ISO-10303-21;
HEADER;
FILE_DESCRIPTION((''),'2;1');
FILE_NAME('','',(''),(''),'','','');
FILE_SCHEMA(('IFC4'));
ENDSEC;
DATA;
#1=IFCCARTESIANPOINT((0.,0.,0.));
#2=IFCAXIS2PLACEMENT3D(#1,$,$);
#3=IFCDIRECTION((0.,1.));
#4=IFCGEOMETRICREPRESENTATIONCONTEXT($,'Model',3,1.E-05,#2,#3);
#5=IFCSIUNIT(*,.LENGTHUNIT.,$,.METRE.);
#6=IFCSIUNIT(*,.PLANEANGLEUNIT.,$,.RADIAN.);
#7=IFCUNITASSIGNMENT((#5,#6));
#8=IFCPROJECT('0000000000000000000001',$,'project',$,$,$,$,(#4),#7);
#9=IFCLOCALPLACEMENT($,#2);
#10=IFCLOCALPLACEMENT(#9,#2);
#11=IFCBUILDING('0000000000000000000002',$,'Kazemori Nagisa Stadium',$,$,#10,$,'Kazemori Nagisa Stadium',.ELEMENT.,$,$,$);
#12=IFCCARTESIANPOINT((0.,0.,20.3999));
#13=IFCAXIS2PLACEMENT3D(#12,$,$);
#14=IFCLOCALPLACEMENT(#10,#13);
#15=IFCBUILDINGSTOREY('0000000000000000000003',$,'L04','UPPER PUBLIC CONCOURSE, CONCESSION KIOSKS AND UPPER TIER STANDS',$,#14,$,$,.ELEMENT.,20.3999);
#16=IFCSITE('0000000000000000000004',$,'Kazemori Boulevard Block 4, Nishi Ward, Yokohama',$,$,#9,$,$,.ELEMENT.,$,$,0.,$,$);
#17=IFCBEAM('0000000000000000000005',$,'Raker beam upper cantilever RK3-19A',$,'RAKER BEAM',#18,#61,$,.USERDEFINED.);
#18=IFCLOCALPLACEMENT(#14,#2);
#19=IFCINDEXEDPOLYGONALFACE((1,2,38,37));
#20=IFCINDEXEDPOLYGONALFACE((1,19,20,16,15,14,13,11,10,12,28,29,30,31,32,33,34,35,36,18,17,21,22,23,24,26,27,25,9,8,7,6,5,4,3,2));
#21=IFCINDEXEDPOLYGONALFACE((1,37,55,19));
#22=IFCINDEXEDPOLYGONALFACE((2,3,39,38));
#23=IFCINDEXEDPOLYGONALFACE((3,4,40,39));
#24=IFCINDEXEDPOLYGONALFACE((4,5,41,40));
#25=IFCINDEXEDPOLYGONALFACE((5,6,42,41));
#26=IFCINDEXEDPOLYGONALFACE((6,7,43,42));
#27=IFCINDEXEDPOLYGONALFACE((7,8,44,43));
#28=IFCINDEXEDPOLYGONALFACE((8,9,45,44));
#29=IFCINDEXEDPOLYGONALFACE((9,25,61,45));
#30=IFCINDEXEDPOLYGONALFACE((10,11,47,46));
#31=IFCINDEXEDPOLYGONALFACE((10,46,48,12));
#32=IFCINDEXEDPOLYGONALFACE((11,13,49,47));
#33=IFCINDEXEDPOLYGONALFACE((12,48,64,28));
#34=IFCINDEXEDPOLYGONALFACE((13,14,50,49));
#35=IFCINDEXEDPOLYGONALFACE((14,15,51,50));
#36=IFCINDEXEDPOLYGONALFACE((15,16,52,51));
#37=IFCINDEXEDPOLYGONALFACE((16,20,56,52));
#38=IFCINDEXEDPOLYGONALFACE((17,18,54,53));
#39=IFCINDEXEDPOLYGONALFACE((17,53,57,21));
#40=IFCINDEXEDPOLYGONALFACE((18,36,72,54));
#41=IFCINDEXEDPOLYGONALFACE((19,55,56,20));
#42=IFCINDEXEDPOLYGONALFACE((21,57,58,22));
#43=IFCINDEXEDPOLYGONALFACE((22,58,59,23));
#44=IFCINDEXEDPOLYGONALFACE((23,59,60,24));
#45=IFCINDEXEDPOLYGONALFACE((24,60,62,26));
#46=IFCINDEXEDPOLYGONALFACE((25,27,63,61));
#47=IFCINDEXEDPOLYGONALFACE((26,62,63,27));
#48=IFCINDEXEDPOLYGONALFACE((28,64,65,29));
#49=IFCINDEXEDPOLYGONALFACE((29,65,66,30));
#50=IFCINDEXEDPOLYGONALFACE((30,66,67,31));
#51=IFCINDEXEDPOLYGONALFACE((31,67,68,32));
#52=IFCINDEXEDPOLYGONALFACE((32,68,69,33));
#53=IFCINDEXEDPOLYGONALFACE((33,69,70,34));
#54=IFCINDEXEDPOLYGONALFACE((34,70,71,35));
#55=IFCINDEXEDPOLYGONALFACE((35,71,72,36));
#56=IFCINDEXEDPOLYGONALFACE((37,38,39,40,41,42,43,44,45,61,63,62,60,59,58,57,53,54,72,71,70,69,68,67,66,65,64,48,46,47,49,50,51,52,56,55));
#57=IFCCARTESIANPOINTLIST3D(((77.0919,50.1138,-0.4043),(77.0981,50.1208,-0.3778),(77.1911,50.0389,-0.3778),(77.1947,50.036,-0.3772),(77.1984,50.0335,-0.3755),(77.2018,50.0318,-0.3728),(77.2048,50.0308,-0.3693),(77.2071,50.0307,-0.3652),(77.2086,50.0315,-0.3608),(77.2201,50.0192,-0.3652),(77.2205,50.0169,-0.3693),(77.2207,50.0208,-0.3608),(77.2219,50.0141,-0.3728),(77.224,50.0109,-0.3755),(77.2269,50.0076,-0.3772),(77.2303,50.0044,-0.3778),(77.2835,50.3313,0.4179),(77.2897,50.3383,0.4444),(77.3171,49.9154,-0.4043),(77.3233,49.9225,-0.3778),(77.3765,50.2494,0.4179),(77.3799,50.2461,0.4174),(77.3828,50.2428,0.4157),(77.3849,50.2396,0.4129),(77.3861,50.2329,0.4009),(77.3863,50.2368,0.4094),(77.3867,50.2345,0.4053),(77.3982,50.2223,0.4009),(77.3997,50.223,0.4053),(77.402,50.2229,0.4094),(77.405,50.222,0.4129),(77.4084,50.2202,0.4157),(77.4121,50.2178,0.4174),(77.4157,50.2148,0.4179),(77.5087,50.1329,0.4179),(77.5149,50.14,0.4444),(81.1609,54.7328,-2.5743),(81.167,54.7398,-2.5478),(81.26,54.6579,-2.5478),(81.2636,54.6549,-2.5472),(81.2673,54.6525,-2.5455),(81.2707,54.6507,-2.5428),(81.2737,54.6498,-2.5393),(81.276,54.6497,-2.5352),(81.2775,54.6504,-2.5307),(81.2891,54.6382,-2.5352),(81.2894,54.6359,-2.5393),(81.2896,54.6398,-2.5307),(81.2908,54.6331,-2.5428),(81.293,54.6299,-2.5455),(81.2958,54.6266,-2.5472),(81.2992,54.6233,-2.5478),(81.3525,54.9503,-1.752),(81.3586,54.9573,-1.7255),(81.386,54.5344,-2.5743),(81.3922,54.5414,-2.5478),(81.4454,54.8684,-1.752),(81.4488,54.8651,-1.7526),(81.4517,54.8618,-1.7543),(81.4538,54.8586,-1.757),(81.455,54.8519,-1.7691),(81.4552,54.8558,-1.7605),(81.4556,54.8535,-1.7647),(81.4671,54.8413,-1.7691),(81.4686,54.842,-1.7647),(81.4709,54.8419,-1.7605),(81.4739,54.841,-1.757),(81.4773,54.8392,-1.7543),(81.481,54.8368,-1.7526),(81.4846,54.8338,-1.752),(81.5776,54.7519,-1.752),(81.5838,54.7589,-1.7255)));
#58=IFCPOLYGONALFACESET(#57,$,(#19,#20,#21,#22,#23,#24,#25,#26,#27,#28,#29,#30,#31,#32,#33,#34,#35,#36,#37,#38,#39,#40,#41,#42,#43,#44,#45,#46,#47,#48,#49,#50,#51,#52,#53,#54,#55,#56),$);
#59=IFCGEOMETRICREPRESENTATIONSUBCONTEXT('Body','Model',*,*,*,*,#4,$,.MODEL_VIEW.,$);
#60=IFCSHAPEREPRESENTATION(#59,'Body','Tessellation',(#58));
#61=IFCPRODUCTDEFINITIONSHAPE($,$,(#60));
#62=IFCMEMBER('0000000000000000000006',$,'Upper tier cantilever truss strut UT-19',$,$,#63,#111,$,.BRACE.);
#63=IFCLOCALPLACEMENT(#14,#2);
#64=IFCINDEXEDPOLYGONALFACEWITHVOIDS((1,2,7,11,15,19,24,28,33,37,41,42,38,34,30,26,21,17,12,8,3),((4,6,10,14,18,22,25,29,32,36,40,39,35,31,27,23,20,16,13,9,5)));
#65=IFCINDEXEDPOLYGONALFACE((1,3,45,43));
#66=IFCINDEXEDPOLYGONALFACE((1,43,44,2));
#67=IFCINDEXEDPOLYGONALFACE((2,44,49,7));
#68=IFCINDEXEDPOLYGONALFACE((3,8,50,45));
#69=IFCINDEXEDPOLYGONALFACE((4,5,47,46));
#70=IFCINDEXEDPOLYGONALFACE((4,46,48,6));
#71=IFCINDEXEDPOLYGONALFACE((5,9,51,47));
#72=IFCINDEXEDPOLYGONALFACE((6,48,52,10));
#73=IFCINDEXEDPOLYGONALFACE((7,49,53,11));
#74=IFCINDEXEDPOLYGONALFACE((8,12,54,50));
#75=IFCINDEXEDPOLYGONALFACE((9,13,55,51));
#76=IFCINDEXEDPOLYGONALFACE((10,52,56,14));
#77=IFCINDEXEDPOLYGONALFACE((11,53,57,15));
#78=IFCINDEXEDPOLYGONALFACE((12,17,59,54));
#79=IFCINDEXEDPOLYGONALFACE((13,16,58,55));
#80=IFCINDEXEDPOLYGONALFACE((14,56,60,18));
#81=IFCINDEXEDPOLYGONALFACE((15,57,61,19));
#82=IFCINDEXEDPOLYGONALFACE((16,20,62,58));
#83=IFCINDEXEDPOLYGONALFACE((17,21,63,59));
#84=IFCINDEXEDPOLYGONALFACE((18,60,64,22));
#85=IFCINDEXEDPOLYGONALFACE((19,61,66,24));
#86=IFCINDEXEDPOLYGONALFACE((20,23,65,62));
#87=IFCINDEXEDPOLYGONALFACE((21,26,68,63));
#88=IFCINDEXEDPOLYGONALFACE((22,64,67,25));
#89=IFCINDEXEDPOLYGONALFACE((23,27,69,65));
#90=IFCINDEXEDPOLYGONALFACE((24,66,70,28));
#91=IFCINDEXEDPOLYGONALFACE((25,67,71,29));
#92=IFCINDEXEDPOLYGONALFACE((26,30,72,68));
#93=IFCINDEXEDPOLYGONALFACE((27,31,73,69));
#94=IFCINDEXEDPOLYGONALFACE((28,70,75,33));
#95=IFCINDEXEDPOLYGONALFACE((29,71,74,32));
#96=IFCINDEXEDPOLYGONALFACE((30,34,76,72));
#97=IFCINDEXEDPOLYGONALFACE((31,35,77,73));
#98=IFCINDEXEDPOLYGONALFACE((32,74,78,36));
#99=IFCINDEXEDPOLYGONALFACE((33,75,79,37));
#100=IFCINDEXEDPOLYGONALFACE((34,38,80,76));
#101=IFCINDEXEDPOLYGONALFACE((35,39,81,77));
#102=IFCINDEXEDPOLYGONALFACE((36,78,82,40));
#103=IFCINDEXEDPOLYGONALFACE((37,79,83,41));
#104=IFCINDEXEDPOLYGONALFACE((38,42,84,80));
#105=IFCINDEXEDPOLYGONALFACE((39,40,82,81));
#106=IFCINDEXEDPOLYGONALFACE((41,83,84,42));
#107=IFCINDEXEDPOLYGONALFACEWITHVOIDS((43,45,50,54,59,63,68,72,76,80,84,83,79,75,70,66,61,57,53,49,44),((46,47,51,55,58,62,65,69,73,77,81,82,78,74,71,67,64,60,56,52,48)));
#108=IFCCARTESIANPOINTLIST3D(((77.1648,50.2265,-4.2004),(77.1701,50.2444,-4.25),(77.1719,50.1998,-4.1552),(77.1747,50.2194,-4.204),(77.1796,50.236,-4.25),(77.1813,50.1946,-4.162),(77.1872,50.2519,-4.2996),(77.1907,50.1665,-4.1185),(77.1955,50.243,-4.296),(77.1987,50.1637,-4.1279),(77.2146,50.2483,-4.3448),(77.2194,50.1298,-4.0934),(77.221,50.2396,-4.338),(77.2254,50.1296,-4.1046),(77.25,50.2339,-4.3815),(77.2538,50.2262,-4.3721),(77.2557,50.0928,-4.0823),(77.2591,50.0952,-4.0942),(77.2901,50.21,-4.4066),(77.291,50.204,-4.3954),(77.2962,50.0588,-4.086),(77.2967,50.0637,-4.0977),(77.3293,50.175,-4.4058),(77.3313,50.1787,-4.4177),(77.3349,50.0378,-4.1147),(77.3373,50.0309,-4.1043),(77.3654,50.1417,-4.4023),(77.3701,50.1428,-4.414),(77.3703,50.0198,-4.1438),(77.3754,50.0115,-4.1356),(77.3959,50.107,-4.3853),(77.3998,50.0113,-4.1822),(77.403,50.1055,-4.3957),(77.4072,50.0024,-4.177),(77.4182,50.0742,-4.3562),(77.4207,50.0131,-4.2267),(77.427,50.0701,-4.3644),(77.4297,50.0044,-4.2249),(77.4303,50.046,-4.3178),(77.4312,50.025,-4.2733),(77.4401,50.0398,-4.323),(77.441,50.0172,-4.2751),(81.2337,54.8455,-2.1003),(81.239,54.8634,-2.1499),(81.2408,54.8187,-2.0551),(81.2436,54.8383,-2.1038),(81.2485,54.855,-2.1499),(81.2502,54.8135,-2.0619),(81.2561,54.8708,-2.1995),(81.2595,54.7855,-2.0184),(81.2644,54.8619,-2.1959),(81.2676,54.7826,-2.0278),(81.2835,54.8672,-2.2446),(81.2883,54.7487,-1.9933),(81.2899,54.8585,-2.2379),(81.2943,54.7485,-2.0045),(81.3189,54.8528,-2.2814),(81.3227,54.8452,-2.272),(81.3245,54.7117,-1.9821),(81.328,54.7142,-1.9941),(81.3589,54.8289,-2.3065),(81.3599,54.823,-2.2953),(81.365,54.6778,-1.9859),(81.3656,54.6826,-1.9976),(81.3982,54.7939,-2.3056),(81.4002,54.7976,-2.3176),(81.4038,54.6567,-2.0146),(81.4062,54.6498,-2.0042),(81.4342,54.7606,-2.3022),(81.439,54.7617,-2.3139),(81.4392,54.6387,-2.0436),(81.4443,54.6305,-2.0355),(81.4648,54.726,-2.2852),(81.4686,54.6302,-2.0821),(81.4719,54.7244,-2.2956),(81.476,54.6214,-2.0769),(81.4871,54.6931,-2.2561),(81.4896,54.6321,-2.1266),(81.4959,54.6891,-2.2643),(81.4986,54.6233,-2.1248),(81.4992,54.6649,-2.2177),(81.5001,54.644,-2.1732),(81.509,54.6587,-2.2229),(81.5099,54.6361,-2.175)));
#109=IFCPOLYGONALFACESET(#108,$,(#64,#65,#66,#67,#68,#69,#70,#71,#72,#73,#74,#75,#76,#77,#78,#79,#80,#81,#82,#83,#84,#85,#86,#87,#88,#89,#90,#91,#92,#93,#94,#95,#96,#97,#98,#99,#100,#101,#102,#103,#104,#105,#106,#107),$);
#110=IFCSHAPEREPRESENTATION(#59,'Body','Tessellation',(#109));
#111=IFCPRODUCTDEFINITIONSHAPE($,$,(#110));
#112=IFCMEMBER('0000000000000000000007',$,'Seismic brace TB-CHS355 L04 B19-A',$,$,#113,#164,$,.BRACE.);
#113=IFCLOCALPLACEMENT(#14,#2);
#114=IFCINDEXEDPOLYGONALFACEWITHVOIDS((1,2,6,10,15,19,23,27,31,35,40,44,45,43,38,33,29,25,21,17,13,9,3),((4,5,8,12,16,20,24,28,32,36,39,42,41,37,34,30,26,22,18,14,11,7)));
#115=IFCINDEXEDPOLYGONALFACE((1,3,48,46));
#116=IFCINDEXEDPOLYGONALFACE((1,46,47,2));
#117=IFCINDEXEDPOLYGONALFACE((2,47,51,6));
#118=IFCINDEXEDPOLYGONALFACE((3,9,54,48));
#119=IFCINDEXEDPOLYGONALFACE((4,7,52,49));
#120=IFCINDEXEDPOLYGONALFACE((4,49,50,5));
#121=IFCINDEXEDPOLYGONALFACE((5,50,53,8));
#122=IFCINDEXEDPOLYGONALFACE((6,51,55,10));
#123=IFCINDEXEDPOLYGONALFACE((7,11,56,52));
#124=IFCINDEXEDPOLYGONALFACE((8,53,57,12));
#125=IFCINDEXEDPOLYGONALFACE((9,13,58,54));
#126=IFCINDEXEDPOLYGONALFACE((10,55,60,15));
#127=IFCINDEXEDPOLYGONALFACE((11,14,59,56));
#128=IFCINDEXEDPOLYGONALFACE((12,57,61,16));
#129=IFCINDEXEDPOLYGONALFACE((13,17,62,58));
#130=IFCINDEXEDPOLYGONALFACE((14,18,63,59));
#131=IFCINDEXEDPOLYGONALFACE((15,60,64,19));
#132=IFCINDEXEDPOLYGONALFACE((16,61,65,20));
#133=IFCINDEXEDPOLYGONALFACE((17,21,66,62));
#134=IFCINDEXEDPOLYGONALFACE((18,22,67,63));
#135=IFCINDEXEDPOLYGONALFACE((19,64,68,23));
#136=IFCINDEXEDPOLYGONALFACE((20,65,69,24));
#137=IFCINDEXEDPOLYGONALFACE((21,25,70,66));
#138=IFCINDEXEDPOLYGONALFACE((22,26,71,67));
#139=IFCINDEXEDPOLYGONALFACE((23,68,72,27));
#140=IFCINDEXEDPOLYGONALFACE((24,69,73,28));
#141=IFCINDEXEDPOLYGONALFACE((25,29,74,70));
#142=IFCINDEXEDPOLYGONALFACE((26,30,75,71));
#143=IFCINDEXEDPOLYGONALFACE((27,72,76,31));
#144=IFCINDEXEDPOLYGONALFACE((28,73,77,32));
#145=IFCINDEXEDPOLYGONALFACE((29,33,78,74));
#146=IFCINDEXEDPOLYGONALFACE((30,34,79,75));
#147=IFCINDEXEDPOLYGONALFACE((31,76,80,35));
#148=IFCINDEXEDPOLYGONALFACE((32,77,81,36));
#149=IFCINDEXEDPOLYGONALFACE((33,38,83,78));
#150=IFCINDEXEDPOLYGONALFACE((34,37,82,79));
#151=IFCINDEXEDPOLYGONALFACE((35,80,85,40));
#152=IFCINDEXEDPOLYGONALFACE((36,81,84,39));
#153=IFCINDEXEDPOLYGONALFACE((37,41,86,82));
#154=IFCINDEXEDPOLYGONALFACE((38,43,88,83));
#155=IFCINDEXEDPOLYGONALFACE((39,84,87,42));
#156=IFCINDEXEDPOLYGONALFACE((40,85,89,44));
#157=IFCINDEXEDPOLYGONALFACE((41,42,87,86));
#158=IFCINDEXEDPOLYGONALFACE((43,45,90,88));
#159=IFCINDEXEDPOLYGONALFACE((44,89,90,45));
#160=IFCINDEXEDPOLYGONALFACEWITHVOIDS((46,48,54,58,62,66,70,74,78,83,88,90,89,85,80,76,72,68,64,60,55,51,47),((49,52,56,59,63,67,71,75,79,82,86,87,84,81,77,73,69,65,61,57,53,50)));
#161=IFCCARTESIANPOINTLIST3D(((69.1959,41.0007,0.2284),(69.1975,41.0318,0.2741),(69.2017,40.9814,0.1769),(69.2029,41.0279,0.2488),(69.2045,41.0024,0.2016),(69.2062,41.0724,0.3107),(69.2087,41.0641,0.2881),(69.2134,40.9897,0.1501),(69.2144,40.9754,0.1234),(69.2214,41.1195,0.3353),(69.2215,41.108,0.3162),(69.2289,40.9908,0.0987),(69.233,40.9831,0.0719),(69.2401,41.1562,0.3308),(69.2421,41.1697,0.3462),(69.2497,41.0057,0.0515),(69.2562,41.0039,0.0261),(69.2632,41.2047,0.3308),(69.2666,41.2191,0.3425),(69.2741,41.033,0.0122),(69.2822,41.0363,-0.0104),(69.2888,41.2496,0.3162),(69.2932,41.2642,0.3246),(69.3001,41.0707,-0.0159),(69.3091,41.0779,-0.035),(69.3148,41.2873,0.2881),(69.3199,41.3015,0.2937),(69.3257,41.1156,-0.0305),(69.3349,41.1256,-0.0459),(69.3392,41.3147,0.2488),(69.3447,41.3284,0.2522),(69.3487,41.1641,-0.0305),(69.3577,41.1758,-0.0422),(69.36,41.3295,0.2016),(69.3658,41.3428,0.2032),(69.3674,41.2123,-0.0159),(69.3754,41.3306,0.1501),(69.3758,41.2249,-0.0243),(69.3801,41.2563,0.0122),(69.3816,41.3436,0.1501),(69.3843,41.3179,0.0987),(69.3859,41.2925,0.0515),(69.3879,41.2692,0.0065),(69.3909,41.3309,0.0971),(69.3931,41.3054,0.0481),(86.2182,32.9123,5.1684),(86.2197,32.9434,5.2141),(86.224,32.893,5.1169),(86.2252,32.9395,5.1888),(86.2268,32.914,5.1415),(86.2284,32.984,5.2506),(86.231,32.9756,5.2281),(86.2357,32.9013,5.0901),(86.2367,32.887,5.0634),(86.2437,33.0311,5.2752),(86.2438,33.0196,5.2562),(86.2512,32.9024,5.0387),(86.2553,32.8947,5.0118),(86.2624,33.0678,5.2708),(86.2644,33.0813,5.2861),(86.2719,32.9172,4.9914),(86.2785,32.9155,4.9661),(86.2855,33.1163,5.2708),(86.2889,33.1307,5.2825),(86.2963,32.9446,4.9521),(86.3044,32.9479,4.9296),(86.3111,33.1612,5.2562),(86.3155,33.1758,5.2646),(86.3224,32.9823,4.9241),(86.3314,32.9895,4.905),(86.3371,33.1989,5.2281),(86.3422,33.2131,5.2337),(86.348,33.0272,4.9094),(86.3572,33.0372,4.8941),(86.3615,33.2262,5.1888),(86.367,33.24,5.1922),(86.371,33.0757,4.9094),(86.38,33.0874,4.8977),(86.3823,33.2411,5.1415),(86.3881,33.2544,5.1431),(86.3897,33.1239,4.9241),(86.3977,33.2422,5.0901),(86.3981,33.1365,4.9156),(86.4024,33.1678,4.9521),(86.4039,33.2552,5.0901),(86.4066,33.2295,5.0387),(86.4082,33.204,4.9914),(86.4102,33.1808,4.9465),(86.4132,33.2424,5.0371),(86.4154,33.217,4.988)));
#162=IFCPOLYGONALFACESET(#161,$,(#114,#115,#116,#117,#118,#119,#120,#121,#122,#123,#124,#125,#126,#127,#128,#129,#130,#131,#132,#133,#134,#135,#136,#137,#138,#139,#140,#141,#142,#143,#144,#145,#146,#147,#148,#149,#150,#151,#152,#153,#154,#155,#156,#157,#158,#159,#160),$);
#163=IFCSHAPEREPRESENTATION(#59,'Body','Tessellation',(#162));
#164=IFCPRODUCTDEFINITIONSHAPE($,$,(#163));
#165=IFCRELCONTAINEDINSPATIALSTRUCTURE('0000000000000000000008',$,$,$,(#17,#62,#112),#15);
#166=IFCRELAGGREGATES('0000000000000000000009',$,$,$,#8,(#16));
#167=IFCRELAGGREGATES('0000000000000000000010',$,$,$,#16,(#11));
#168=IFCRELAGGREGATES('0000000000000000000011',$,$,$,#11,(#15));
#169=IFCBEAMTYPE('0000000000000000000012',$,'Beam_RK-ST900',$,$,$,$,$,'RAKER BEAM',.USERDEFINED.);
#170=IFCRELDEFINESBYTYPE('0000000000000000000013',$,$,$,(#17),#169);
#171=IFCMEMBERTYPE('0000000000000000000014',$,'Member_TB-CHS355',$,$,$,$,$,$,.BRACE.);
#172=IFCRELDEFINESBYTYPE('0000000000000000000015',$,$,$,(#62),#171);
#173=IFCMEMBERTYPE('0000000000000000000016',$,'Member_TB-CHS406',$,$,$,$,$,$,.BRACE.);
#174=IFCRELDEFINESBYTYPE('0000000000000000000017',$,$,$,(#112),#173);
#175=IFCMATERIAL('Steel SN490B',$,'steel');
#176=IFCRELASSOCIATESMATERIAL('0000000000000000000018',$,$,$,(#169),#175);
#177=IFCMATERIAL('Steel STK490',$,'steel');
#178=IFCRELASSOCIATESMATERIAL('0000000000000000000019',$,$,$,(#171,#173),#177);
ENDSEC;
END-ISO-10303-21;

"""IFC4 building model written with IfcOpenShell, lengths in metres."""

from ifc_helpers import new_model, si_unit, direction, frame, origin, origin_2d, place, context, subcontext, project, spatial, hollow_circle, i_section, extrude, material, material_profile, profile_set, type_object, element, save


model = new_model("IFC4")

# Units and contexts
model_context = context("Model", 3, precision=1e-05, world=origin(), true_north=direction((0.0, 1.0)))
body_context = subcontext(model_context, "Body", "Model", "MODEL_VIEW")
ifc_project = project(units=[si_unit("LENGTHUNIT", "METRE"), si_unit("PLANEANGLEUNIT", "RADIAN")], contexts=[model_context])

# Site, building, storey
site_placement = place(None, origin())
site = spatial("IfcSite", under=ifc_project, at=site_placement, Name="Kazemori Boulevard Block 4, Nishi Ward, Yokohama", CompositionType="ELEMENT", RefElevation=0.0)
building_placement = place(site_placement, origin())
building = spatial("IfcBuilding", under=site, at=building_placement, Name="Kazemori Nagisa Stadium", LongName="Kazemori Nagisa Stadium", CompositionType="ELEMENT")
storey_placement = place(building_placement, frame((0.0, 0.0, 20.3999)))
storey = spatial("IfcBuildingStorey", under=building, at=storey_placement, Name="L04", Description="UPPER PUBLIC CONCOURSE, CONCESSION KIOSKS AND UPPER TIER STANDS", CompositionType="ELEMENT", Elevation=20.3999)

# Beam
ifc_material_1 = material(Name="Steel SN490B", Category="steel")
ifc_material_profile_1 = material_profile(ifc_material_1, i_section(OverallWidth=0.3, OverallDepth=0.8999, WebThickness=0.0161, FlangeThickness=0.0281, FilletRadius=0.0181, at=origin_2d()), Name="H-900x300x16x28")
ifc_profile_set_1 = profile_set([ifc_material_profile_1], Name="Steel SN490B")
beam_type_1 = type_object("IfcBeamType", Name="Beam_RK-ST900", ElementType="RAKER BEAM", PredefinedType="USERDEFINED", material=ifc_profile_set_1)
beam_1_placement = place(storey_placement, frame((81.3723, 54.7458, -2.1499), z_axis=(-0.623412, -0.707689, 0.332467), x_axis=(0.750374, -0.661014, 0.0)))
element("IfcBeam", 1, at=beam_1_placement, inside=storey, type_object=beam_type_1, Name="Raker beam upper cantilever RK3-19A", ObjectType="RAKER BEAM", PredefinedType="USERDEFINED", context=body_context, shape_type="SweptSolid", body=[
    extrude(i_section(OverallWidth=0.3, OverallDepth=0.8999, WebThickness=0.0161, FlangeThickness=0.0281, FilletRadius=0.0181, at=origin_2d()), origin(), (0.0, 0.0, 1.0), 6.5269),
])

# Members
ifc_material_2 = material(Name="Steel STK490", Category="steel")
ifc_material_profile_2 = material_profile(ifc_material_2, hollow_circle(Radius=0.1777, WallThickness=0.0127, at=origin_2d()), Name="CHS-355.6x12.7")
ifc_profile_set_2 = profile_set([ifc_material_profile_2], Name="Steel STK490")
member_type_1 = type_object("IfcMemberType", Name="Member_TB-CHS355", PredefinedType="BRACE", material=ifc_profile_set_2)
member_1_placement = place(storey_placement, frame((77.3035, 50.127, -4.25), z_axis=(0.625605, 0.710178, 0.3229), x_axis=(-0.750374, 0.661014, 0.0)))
element("IfcMember", 2, at=member_1_placement, inside=storey, type_object=member_type_1, Name="Upper tier cantilever truss strut UT-19", PredefinedType="BRACE", context=body_context, shape_type="SweptSolid", body=[
    extrude(hollow_circle(Radius=0.1777, WallThickness=0.0127, at=origin_2d()), origin(), (0.0, 0.0, 1.0), 6.5039),
])
ifc_material_profile_3 = material_profile(ifc_material_2, hollow_circle(Radius=0.2031, WallThickness=0.0144, at=origin_2d()), Name="CHS-406.4x14.3")
ifc_profile_set_3 = profile_set([ifc_material_profile_3], Name="Steel STK490")
member_type_2 = type_object("IfcMemberType", Name="Member_TB-CHS406", PredefinedType="BRACE", material=ifc_profile_set_3)
member_2_placement = place(storey_placement, frame((69.2944, 41.1602, 0.1501), z_axis=(0.873703, -0.415154, 0.253554), x_axis=(0.429179, 0.903219, 0.0)))
element("IfcMember", 3, at=member_2_placement, inside=storey, type_object=member_type_2, Name="Seismic brace TB-CHS355 L04 B19-A", PredefinedType="BRACE", context=body_context, shape_type="SweptSolid", body=[
    extrude(hollow_circle(Radius=0.2031, WallThickness=0.0144, at=origin_2d()), origin(), (0.0, 0.0, 1.0), 19.4829),
])

save(model, "model.ifc")
